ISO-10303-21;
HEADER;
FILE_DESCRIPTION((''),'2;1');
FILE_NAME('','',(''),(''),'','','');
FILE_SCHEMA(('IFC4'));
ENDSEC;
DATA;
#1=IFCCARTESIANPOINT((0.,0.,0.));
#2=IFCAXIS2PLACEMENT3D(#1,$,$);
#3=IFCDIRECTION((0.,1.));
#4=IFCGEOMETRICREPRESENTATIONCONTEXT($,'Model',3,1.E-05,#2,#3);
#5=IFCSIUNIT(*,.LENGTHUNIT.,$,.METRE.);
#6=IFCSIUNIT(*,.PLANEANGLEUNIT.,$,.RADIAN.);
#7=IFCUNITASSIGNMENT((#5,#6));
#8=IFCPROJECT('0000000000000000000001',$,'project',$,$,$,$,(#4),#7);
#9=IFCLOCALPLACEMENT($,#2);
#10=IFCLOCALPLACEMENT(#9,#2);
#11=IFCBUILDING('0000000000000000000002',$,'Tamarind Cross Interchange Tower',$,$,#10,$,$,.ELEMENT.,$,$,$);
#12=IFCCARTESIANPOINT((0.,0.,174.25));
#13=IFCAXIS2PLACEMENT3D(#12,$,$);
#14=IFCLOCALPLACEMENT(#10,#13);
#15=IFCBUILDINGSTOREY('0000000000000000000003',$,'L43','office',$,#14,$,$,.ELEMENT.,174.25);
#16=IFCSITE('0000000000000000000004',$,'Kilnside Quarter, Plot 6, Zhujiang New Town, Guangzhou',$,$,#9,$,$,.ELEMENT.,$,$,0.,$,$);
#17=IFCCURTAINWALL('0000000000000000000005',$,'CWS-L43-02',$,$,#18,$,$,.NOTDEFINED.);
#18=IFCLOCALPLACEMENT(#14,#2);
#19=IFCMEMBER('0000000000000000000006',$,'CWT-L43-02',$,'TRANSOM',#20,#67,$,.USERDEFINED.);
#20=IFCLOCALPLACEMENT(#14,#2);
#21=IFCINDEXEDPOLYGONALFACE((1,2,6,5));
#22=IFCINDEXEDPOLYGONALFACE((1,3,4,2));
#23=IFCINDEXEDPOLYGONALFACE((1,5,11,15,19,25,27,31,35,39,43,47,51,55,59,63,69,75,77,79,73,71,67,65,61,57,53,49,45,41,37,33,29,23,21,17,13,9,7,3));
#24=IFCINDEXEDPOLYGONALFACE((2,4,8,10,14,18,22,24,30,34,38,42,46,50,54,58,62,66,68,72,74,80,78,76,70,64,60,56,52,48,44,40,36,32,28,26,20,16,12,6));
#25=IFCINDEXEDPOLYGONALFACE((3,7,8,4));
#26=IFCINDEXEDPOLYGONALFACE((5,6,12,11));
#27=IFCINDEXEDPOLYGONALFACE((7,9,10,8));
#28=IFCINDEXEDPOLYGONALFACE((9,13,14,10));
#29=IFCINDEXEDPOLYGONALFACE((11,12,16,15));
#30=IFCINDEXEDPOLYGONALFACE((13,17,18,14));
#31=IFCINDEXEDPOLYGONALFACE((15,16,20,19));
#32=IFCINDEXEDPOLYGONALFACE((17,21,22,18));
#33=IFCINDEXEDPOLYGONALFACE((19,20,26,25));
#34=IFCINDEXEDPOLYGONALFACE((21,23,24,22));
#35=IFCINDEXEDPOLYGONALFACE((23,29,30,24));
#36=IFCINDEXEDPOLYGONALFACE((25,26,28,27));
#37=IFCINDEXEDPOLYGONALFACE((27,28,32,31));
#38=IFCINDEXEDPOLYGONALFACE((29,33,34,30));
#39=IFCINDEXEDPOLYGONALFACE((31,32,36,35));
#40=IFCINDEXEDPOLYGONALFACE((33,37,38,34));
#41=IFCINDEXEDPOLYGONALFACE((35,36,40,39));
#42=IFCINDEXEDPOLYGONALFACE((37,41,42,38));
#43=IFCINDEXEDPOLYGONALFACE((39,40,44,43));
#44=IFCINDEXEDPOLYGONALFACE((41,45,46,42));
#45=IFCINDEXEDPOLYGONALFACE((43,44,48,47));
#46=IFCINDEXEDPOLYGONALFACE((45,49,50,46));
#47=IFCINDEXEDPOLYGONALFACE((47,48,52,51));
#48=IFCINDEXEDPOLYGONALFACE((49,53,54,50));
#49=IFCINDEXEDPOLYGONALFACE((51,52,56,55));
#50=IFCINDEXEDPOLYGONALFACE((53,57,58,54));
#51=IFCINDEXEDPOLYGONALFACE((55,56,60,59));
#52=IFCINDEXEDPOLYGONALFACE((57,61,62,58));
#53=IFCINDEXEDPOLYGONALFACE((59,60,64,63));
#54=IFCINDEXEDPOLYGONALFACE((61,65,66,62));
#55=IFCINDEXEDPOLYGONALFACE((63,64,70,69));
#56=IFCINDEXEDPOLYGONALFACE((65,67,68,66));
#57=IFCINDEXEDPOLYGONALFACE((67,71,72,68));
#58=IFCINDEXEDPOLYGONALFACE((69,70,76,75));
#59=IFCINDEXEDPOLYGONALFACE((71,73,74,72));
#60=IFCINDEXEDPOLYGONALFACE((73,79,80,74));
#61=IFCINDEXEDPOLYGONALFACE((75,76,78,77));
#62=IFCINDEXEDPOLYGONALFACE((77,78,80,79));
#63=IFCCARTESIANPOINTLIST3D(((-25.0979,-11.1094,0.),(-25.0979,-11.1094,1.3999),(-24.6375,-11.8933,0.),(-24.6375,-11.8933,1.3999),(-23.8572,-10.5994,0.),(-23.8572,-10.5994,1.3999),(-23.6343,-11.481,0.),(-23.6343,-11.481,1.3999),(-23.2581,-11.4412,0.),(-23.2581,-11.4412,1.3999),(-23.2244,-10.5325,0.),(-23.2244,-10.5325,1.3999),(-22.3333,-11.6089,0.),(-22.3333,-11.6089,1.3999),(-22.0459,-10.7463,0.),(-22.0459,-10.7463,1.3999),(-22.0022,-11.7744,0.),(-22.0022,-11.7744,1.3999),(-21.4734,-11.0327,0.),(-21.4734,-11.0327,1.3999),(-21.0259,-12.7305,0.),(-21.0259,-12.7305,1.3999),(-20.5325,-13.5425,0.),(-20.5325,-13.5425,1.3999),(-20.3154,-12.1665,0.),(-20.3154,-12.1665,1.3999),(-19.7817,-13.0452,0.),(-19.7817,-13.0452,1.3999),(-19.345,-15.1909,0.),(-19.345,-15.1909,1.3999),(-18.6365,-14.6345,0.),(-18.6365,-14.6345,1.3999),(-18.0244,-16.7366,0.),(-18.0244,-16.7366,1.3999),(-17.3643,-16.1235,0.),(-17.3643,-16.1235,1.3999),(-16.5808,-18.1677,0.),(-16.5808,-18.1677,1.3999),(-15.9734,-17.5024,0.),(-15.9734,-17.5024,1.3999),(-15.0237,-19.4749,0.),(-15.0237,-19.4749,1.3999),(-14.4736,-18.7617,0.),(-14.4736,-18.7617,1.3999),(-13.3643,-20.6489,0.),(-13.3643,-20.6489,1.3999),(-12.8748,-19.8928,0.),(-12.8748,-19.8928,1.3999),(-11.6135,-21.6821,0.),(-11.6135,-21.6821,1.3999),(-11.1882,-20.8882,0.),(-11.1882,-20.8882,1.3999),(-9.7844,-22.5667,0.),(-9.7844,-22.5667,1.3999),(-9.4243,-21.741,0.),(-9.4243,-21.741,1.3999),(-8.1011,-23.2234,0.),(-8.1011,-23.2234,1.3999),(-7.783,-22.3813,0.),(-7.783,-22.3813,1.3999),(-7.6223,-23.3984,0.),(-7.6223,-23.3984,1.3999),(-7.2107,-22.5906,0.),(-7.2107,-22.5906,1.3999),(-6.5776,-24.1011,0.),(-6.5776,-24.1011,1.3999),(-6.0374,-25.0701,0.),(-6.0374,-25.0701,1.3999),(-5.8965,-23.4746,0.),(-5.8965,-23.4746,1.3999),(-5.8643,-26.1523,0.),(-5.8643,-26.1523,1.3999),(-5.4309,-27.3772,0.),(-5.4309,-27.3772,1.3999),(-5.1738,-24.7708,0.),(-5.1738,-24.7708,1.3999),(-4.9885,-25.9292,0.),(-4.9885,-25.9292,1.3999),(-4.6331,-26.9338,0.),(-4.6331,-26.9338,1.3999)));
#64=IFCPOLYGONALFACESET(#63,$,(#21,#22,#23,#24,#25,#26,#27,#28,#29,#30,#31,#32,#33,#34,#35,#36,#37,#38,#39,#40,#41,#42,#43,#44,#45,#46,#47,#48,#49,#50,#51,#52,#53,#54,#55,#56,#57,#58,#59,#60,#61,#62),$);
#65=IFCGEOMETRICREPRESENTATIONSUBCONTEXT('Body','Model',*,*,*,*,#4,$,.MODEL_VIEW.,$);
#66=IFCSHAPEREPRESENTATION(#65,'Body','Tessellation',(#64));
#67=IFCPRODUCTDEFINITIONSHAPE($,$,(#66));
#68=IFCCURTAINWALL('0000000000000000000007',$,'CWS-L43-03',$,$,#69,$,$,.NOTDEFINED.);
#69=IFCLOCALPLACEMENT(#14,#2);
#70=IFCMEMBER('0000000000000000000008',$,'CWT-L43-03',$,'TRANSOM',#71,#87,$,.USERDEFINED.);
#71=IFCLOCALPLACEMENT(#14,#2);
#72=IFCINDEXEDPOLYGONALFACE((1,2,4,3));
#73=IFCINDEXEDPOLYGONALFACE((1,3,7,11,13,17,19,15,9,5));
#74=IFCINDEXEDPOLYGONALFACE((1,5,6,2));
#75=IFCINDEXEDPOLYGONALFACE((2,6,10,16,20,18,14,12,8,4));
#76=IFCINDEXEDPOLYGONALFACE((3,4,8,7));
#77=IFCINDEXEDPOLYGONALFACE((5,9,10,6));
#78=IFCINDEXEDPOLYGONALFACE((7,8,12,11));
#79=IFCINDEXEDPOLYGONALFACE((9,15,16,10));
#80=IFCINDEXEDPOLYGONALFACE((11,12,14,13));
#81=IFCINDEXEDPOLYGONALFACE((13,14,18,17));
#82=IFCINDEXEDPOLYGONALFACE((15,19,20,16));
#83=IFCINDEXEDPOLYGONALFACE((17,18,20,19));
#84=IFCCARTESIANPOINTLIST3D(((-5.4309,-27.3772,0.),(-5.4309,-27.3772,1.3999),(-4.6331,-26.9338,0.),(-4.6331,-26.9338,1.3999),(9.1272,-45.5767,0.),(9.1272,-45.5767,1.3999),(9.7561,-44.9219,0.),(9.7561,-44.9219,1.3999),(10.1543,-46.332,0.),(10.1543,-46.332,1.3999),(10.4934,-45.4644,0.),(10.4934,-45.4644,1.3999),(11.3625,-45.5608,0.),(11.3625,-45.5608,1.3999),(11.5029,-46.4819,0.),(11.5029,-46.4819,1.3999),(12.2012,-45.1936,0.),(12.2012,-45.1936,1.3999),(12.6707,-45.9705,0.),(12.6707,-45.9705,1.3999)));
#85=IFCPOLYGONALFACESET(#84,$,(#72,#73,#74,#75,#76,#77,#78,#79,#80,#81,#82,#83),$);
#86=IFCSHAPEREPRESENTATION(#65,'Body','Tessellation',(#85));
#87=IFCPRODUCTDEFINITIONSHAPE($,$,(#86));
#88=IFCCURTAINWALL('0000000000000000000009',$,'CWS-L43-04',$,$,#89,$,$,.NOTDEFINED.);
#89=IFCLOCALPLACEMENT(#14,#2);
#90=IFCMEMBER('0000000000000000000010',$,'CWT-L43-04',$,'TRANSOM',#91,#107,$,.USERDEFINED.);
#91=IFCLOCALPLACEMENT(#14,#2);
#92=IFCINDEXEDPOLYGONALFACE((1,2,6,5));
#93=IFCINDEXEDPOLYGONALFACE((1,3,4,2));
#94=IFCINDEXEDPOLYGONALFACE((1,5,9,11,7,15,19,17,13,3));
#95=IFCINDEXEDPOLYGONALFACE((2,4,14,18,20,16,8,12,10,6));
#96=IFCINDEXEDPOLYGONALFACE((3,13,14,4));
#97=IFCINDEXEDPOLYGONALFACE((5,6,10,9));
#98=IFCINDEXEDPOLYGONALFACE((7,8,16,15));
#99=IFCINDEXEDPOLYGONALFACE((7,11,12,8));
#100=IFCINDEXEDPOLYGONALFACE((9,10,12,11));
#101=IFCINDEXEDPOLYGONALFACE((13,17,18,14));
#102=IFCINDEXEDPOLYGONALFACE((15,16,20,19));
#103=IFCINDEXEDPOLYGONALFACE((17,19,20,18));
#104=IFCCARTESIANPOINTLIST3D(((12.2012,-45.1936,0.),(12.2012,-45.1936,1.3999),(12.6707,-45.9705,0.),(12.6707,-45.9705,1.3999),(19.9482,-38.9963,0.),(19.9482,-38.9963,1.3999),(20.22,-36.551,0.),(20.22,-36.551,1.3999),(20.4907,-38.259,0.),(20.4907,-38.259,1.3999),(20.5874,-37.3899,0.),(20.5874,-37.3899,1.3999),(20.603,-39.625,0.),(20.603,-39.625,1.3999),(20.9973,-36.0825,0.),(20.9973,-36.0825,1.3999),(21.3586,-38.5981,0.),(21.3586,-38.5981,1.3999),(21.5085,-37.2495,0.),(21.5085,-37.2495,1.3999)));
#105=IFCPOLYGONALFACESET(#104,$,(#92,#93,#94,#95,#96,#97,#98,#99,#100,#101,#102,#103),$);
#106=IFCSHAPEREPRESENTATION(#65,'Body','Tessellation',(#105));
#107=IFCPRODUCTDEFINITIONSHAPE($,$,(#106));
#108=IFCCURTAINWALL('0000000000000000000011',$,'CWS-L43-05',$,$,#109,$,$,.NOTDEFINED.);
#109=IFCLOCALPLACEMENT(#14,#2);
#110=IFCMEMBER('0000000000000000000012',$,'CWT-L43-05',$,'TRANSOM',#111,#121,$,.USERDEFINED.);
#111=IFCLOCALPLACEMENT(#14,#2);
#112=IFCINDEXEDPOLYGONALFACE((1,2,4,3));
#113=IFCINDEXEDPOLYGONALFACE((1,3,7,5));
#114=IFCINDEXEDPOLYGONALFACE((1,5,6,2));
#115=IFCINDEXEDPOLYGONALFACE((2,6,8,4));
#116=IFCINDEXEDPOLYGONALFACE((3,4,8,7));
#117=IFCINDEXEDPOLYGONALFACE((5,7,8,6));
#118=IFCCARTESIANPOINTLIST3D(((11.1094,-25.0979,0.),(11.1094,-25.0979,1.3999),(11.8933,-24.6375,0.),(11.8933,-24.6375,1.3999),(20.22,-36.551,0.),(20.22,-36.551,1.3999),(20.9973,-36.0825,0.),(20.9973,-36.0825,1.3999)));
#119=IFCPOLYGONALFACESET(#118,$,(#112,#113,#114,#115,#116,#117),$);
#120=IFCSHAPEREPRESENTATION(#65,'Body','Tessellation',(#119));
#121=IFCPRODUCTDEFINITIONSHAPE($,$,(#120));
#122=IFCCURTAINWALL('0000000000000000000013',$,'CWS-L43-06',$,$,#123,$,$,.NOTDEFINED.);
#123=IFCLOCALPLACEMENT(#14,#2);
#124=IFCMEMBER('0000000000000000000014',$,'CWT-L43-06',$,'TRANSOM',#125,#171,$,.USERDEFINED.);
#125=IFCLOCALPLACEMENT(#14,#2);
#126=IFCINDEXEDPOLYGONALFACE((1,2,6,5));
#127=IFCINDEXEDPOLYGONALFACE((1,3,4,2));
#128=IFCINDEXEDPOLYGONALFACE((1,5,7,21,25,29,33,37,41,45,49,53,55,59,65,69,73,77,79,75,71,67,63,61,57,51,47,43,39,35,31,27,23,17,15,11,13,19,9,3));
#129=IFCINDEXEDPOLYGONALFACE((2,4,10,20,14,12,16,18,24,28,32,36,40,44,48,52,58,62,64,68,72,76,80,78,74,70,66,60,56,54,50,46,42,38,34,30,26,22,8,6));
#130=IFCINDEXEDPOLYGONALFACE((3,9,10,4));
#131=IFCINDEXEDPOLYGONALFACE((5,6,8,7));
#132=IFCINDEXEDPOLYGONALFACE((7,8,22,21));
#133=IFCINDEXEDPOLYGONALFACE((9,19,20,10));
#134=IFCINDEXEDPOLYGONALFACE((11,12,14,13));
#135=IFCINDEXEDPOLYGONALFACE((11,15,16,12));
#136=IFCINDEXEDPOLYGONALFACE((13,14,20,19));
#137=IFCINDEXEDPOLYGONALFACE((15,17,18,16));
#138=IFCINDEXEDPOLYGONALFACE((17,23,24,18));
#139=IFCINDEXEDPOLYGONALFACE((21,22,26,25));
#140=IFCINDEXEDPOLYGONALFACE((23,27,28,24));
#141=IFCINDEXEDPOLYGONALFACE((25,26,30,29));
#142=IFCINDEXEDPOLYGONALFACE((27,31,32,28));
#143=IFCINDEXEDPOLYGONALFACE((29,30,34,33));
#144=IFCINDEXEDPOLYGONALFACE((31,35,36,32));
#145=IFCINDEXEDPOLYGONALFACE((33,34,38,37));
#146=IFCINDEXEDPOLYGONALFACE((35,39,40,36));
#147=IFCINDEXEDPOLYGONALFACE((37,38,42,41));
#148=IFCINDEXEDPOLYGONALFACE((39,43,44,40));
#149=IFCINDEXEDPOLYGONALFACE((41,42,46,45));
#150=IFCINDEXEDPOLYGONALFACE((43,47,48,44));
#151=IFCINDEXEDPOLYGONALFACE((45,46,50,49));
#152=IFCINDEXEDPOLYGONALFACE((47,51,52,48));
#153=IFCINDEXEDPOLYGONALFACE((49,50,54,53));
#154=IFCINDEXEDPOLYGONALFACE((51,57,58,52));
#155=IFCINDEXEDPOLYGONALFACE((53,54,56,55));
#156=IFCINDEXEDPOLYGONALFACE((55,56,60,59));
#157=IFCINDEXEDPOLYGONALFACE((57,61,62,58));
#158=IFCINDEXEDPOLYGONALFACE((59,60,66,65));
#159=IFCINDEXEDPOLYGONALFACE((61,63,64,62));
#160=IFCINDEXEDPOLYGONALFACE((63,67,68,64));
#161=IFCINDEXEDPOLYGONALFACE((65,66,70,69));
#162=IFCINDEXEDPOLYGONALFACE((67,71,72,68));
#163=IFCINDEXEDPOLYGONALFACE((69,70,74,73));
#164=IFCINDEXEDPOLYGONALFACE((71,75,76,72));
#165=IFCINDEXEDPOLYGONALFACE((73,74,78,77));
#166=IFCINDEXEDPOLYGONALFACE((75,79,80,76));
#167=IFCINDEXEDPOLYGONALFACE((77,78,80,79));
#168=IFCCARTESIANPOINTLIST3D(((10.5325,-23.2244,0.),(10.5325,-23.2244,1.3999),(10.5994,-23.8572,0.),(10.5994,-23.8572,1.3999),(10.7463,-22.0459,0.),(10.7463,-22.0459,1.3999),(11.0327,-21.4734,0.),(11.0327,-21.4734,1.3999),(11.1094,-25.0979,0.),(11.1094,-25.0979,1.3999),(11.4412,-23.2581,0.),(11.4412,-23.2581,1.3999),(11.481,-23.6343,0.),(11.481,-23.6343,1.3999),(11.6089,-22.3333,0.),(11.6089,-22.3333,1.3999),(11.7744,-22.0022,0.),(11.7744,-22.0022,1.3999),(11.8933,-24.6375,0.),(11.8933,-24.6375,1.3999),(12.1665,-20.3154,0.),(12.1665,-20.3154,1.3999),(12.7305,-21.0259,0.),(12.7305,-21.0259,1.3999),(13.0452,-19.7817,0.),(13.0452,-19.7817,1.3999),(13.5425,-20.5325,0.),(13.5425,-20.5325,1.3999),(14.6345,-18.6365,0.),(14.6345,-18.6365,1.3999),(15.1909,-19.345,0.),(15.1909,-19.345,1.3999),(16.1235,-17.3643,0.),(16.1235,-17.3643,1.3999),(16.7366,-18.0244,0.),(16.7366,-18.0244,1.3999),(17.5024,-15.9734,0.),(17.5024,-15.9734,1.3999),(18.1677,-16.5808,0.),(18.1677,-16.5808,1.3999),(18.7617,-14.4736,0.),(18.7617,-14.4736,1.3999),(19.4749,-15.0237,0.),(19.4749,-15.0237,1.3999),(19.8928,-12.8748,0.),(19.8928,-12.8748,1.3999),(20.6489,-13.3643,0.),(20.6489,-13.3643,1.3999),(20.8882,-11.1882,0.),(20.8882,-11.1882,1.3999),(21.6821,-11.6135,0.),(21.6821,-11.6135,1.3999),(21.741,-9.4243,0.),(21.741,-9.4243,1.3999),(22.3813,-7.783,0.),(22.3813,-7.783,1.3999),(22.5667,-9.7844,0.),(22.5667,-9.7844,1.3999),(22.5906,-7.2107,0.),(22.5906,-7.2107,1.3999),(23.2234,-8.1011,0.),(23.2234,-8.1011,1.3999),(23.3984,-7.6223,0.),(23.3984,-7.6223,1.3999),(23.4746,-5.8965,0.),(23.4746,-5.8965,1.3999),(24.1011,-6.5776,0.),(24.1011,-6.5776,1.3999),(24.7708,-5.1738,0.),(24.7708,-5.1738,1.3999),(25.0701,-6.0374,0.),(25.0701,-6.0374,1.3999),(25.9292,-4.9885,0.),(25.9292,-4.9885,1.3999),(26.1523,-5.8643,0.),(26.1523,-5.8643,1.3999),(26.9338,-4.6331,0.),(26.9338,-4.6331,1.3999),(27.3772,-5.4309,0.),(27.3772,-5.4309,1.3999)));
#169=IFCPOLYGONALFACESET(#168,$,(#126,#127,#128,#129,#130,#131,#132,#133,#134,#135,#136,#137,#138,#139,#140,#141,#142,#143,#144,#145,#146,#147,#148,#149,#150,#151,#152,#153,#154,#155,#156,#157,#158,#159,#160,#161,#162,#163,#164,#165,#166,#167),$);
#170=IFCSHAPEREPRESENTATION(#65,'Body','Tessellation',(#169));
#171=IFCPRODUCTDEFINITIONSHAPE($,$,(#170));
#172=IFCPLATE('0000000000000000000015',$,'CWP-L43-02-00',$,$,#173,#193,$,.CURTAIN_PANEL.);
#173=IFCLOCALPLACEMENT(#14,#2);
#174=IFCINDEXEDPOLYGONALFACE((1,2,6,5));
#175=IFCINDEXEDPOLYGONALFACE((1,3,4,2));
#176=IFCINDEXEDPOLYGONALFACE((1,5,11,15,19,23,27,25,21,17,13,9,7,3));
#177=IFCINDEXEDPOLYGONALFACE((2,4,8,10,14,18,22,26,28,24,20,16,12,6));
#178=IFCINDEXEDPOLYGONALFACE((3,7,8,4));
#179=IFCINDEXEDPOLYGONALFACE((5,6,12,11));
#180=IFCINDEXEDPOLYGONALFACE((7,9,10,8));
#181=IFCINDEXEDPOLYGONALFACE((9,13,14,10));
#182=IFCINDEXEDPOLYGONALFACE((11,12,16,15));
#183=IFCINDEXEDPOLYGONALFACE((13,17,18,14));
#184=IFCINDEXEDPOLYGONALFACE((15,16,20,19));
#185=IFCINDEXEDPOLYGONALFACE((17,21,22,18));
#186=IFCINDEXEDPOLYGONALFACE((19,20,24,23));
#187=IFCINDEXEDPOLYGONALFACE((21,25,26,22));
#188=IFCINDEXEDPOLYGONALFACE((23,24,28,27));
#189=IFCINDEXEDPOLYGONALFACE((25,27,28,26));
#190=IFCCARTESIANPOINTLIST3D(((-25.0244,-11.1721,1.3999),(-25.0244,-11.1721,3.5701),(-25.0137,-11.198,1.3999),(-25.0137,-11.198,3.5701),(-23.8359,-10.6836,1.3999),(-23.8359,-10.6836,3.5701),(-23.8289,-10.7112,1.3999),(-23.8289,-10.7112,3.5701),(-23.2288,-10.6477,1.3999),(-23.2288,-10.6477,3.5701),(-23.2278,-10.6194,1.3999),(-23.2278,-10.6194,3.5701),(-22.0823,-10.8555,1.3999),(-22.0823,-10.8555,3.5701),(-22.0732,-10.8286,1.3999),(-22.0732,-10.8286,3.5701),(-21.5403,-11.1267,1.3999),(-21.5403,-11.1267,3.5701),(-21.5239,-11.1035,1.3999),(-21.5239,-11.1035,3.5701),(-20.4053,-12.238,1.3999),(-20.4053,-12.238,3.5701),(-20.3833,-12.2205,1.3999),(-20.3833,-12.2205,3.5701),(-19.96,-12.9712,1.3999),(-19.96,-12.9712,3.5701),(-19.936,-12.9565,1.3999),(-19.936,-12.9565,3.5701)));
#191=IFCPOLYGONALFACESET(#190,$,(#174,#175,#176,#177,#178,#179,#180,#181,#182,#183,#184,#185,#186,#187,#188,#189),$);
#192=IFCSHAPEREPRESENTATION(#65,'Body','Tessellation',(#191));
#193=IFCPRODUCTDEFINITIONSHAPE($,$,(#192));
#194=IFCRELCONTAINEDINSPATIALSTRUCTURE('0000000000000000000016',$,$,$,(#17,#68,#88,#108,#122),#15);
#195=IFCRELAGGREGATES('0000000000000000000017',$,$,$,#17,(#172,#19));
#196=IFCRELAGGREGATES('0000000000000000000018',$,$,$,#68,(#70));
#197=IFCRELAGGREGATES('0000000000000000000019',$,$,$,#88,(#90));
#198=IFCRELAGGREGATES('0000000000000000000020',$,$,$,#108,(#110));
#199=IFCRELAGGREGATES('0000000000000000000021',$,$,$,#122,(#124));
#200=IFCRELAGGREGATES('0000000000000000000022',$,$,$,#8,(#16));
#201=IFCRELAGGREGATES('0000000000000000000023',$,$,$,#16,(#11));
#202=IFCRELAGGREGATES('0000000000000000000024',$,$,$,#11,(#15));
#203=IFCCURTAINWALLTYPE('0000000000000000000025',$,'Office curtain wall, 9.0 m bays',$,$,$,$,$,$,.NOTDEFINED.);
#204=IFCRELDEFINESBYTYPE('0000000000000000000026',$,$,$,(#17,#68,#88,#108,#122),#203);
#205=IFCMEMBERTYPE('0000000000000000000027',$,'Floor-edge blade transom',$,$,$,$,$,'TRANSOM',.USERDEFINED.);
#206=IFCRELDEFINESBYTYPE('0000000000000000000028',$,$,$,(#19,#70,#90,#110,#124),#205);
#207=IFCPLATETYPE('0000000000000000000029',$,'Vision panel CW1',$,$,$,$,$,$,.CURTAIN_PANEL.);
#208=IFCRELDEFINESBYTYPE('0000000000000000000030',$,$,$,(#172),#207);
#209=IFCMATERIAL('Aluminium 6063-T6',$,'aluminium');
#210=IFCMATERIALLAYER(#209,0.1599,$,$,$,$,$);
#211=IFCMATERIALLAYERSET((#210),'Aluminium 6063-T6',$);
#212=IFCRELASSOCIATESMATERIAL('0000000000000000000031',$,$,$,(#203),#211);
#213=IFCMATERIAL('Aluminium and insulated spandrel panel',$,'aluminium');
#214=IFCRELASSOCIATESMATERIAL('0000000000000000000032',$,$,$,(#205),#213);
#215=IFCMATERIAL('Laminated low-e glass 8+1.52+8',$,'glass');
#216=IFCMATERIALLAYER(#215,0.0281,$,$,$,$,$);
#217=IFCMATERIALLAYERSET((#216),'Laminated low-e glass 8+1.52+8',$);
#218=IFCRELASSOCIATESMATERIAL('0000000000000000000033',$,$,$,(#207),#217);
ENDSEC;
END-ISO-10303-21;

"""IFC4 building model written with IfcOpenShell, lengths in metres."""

from ifc_helpers import new_model, si_unit, direction, frame, origin, place, context, subcontext, project, spatial, polyline, outline, extrude, material, layer, layer_set, type_object, element, aggregate, save


model = new_model("IFC4")

# Units and contexts
model_context = context("Model", 3, precision=1e-05, world=origin(), true_north=direction((0.0, 1.0)))
body_context = subcontext(model_context, "Body", "Model", "MODEL_VIEW")
ifc_project = project(units=[si_unit("LENGTHUNIT", "METRE"), si_unit("PLANEANGLEUNIT", "RADIAN")], contexts=[model_context])

# Site, building, storey
site_placement = place(None, origin())
site = spatial("IfcSite", under=ifc_project, at=site_placement, Name="Kilnside Quarter, Plot 6, Zhujiang New Town, Guangzhou", CompositionType="ELEMENT", RefElevation=0.0)
building_placement = place(site_placement, origin())
building = spatial("IfcBuilding", under=site, at=building_placement, Name="Tamarind Cross Interchange Tower", CompositionType="ELEMENT")
storey_placement = place(building_placement, frame((0.0, 0.0, 174.25)))
storey = spatial("IfcBuildingStorey", under=building, at=storey_placement, Name="L43", Description="office", CompositionType="ELEMENT", Elevation=174.25)

# Curtain walls, members
ifc_material_1 = material(Name="Aluminium 6063-T6", Category="aluminium")
ifc_layer_1 = layer(ifc_material_1, 0.1599)
ifc_layer_set_1 = layer_set([ifc_layer_1], Name="Aluminium 6063-T6")
curtain_wall_type = type_object("IfcCurtainWallType", Name="Office curtain wall, 9.0 m bays", PredefinedType="NOTDEFINED", material=ifc_layer_set_1)
curtain_wall_1_placement = place(storey_placement, origin())
curtain_wall_1 = element("IfcCurtainWall", 1, at=curtain_wall_1_placement, inside=storey, type_object=curtain_wall_type, Name="CWS-L43-02", PredefinedType="NOTDEFINED")
ifc_material_2 = material(Name="Aluminium and insulated spandrel panel", Category="aluminium")
member_type = type_object("IfcMemberType", Name="Floor-edge blade transom", ElementType="TRANSOM", PredefinedType="USERDEFINED", material=ifc_material_2)
member_1_placement = place(storey_placement, origin())
member_1 = element("IfcMember", 2, at=member_1_placement, type_object=member_type, Name="CWT-L43-02", ObjectType="TRANSOM", PredefinedType="USERDEFINED", context=body_context, shape_type="SweptSolid", body=[
    extrude(outline(polyline([(-25.0979, -11.1094), (-23.8572, -10.5994), (-23.2244, -10.5325), (-22.0459, -10.7463), (-21.4734, -11.0327), (-20.3154, -12.1665), (-19.7817, -13.0452), (-18.6365, -14.6345), (-17.3643, -16.1235), (-15.9734, -17.5024), (-14.4736, -18.7617), (-12.8748, -19.8928), (-11.1882, -20.8882), (-9.4243, -21.741), (-7.783, -22.3813), (-7.2107, -22.5906), (-5.8965, -23.4746), (-5.1738, -24.7708), (-4.9885, -25.9292), (-4.6331, -26.9338), (-5.4309, -27.3772), (-5.8643, -26.1523), (-6.0374, -25.0701), (-6.5776, -24.1011), (-7.6223, -23.3984), (-8.1011, -23.2234), (-9.7844, -22.5667), (-11.6135, -21.6821), (-13.3643, -20.6489), (-15.0237, -19.4749), (-16.5808, -18.1677), (-18.0244, -16.7366), (-19.345, -15.1909), (-20.5325, -13.5425), (-21.0259, -12.7305), (-22.0022, -11.7744), (-22.3333, -11.6089), (-23.2581, -11.4412), (-23.6343, -11.481), (-24.6375, -11.8933), (-25.0979, -11.1094)])), origin(), (0.0, 0.0, 1.0), 1.3999),
])
curtain_wall_2_placement = place(storey_placement, origin())
curtain_wall_2 = element("IfcCurtainWall", 3, at=curtain_wall_2_placement, inside=storey, type_object=curtain_wall_type, Name="CWS-L43-03", PredefinedType="NOTDEFINED")
member_2_placement = place(storey_placement, origin())
member_2 = element("IfcMember", 4, at=member_2_placement, type_object=member_type, Name="CWT-L43-03", ObjectType="TRANSOM", PredefinedType="USERDEFINED", context=body_context, shape_type="SweptSolid", body=[
    extrude(outline(polyline([(-4.6331, -26.9338), (9.7561, -44.9219), (10.4934, -45.4644), (11.3625, -45.5608), (12.2012, -45.1936), (12.6707, -45.9705), (11.5029, -46.4819), (10.1543, -46.332), (9.1272, -45.5767), (-5.4309, -27.3772), (-4.6331, -26.9338)])), origin(), (0.0, 0.0, 1.0), 1.3999),
])
curtain_wall_3_placement = place(storey_placement, origin())
curtain_wall_3 = element("IfcCurtainWall", 5, at=curtain_wall_3_placement, inside=storey, type_object=curtain_wall_type, Name="CWS-L43-04", PredefinedType="NOTDEFINED")
member_3_placement = place(storey_placement, origin())
member_3 = element("IfcMember", 6, at=member_3_placement, type_object=member_type, Name="CWT-L43-04", ObjectType="TRANSOM", PredefinedType="USERDEFINED", context=body_context, shape_type="SweptSolid", body=[
    extrude(outline(polyline([(12.2012, -45.1936), (19.9482, -38.9963), (20.4907, -38.259), (20.5874, -37.3899), (20.22, -36.551), (20.9973, -36.0825), (21.5085, -37.2495), (21.3586, -38.5981), (20.603, -39.625), (12.6707, -45.9705), (12.2012, -45.1936)])), origin(), (0.0, 0.0, 1.0), 1.3999),
])
curtain_wall_4_placement = place(storey_placement, origin())
curtain_wall_4 = element("IfcCurtainWall", 7, at=curtain_wall_4_placement, inside=storey, type_object=curtain_wall_type, Name="CWS-L43-05", PredefinedType="NOTDEFINED")
member_4_placement = place(storey_placement, origin())
member_4 = element("IfcMember", 8, at=member_4_placement, type_object=member_type, Name="CWT-L43-05", ObjectType="TRANSOM", PredefinedType="USERDEFINED", context=body_context, shape_type="SweptSolid", body=[
    extrude(outline(polyline([(20.22, -36.551), (11.1094, -25.0979), (11.8933, -24.6375), (20.9973, -36.0825), (20.22, -36.551)])), origin(), (0.0, 0.0, 1.0), 1.3999),
])
curtain_wall_5_placement = place(storey_placement, origin())
curtain_wall_5 = element("IfcCurtainWall", 9, at=curtain_wall_5_placement, inside=storey, type_object=curtain_wall_type, Name="CWS-L43-06", PredefinedType="NOTDEFINED")
member_5_placement = place(storey_placement, origin())
member_5 = element("IfcMember", 10, at=member_5_placement, type_object=member_type, Name="CWT-L43-06", ObjectType="TRANSOM", PredefinedType="USERDEFINED", context=body_context, shape_type="SweptSolid", body=[
    extrude(outline(polyline([(11.1094, -25.0979), (10.5994, -23.8572), (10.5325, -23.2244), (10.7463, -22.0459), (11.0327, -21.4734), (12.1665, -20.3154), (13.0452, -19.7817), (14.6345, -18.6365), (16.1235, -17.3643), (17.5024, -15.9734), (18.7617, -14.4736), (19.8928, -12.8748), (20.8882, -11.1882), (21.741, -9.4243), (22.3813, -7.783), (22.5906, -7.2107), (23.4746, -5.8965), (24.7708, -5.1738), (25.9292, -4.9885), (26.9338, -4.6331), (27.3772, -5.4309), (26.1523, -5.8643), (25.0701, -6.0374), (24.1011, -6.5776), (23.3984, -7.6223), (23.2234, -8.1011), (22.5667, -9.7844), (21.6821, -11.6135), (20.6489, -13.3643), (19.4749, -15.0237), (18.1677, -16.5808), (16.7366, -18.0244), (15.1909, -19.345), (13.5425, -20.5325), (12.7305, -21.0259), (11.7744, -22.0022), (11.6089, -22.3333), (11.4412, -23.2581), (11.481, -23.6343), (11.8933, -24.6375), (11.1094, -25.0979)])), origin(), (0.0, 0.0, 1.0), 1.3999),
])

# Plate
ifc_material_3 = material(Name="Laminated low-e glass 8+1.52+8", Category="glass")
ifc_layer_2 = layer(ifc_material_3, 0.0281)
ifc_layer_set_2 = layer_set([ifc_layer_2], Name="Laminated low-e glass 8+1.52+8")
plate_type = type_object("IfcPlateType", Name="Vision panel CW1", PredefinedType="CURTAIN_PANEL", material=ifc_layer_set_2)
plate_1_placement = place(storey_placement, frame((0.0, 0.0, 1.3999)))
plate_1 = element("IfcPlate", 11, at=plate_1_placement, type_object=plate_type, Name="CWP-L43-02-00", PredefinedType="CURTAIN_PANEL", context=body_context, shape_type="SweptSolid", body=[
    extrude(outline(polyline([(-25.0244, -11.1721), (-23.8359, -10.6836), (-23.2278, -10.6194), (-22.0732, -10.8286), (-21.5239, -11.1035), (-20.3833, -12.2205), (-19.936, -12.9565), (-19.96, -12.9712), (-20.4053, -12.238), (-21.5403, -11.1267), (-22.0823, -10.8555), (-23.2288, -10.6477), (-23.8289, -10.7112), (-25.0137, -11.198), (-25.0244, -11.1721)])), origin(), (0.0, 0.0, 1.0), 2.1702),
])
aggregate(curtain_wall_1, [plate_1, member_1])
aggregate(curtain_wall_2, [member_2])
aggregate(curtain_wall_3, [member_3])
aggregate(curtain_wall_4, [member_4])
aggregate(curtain_wall_5, [member_5])

save(model, "model.ifc")
